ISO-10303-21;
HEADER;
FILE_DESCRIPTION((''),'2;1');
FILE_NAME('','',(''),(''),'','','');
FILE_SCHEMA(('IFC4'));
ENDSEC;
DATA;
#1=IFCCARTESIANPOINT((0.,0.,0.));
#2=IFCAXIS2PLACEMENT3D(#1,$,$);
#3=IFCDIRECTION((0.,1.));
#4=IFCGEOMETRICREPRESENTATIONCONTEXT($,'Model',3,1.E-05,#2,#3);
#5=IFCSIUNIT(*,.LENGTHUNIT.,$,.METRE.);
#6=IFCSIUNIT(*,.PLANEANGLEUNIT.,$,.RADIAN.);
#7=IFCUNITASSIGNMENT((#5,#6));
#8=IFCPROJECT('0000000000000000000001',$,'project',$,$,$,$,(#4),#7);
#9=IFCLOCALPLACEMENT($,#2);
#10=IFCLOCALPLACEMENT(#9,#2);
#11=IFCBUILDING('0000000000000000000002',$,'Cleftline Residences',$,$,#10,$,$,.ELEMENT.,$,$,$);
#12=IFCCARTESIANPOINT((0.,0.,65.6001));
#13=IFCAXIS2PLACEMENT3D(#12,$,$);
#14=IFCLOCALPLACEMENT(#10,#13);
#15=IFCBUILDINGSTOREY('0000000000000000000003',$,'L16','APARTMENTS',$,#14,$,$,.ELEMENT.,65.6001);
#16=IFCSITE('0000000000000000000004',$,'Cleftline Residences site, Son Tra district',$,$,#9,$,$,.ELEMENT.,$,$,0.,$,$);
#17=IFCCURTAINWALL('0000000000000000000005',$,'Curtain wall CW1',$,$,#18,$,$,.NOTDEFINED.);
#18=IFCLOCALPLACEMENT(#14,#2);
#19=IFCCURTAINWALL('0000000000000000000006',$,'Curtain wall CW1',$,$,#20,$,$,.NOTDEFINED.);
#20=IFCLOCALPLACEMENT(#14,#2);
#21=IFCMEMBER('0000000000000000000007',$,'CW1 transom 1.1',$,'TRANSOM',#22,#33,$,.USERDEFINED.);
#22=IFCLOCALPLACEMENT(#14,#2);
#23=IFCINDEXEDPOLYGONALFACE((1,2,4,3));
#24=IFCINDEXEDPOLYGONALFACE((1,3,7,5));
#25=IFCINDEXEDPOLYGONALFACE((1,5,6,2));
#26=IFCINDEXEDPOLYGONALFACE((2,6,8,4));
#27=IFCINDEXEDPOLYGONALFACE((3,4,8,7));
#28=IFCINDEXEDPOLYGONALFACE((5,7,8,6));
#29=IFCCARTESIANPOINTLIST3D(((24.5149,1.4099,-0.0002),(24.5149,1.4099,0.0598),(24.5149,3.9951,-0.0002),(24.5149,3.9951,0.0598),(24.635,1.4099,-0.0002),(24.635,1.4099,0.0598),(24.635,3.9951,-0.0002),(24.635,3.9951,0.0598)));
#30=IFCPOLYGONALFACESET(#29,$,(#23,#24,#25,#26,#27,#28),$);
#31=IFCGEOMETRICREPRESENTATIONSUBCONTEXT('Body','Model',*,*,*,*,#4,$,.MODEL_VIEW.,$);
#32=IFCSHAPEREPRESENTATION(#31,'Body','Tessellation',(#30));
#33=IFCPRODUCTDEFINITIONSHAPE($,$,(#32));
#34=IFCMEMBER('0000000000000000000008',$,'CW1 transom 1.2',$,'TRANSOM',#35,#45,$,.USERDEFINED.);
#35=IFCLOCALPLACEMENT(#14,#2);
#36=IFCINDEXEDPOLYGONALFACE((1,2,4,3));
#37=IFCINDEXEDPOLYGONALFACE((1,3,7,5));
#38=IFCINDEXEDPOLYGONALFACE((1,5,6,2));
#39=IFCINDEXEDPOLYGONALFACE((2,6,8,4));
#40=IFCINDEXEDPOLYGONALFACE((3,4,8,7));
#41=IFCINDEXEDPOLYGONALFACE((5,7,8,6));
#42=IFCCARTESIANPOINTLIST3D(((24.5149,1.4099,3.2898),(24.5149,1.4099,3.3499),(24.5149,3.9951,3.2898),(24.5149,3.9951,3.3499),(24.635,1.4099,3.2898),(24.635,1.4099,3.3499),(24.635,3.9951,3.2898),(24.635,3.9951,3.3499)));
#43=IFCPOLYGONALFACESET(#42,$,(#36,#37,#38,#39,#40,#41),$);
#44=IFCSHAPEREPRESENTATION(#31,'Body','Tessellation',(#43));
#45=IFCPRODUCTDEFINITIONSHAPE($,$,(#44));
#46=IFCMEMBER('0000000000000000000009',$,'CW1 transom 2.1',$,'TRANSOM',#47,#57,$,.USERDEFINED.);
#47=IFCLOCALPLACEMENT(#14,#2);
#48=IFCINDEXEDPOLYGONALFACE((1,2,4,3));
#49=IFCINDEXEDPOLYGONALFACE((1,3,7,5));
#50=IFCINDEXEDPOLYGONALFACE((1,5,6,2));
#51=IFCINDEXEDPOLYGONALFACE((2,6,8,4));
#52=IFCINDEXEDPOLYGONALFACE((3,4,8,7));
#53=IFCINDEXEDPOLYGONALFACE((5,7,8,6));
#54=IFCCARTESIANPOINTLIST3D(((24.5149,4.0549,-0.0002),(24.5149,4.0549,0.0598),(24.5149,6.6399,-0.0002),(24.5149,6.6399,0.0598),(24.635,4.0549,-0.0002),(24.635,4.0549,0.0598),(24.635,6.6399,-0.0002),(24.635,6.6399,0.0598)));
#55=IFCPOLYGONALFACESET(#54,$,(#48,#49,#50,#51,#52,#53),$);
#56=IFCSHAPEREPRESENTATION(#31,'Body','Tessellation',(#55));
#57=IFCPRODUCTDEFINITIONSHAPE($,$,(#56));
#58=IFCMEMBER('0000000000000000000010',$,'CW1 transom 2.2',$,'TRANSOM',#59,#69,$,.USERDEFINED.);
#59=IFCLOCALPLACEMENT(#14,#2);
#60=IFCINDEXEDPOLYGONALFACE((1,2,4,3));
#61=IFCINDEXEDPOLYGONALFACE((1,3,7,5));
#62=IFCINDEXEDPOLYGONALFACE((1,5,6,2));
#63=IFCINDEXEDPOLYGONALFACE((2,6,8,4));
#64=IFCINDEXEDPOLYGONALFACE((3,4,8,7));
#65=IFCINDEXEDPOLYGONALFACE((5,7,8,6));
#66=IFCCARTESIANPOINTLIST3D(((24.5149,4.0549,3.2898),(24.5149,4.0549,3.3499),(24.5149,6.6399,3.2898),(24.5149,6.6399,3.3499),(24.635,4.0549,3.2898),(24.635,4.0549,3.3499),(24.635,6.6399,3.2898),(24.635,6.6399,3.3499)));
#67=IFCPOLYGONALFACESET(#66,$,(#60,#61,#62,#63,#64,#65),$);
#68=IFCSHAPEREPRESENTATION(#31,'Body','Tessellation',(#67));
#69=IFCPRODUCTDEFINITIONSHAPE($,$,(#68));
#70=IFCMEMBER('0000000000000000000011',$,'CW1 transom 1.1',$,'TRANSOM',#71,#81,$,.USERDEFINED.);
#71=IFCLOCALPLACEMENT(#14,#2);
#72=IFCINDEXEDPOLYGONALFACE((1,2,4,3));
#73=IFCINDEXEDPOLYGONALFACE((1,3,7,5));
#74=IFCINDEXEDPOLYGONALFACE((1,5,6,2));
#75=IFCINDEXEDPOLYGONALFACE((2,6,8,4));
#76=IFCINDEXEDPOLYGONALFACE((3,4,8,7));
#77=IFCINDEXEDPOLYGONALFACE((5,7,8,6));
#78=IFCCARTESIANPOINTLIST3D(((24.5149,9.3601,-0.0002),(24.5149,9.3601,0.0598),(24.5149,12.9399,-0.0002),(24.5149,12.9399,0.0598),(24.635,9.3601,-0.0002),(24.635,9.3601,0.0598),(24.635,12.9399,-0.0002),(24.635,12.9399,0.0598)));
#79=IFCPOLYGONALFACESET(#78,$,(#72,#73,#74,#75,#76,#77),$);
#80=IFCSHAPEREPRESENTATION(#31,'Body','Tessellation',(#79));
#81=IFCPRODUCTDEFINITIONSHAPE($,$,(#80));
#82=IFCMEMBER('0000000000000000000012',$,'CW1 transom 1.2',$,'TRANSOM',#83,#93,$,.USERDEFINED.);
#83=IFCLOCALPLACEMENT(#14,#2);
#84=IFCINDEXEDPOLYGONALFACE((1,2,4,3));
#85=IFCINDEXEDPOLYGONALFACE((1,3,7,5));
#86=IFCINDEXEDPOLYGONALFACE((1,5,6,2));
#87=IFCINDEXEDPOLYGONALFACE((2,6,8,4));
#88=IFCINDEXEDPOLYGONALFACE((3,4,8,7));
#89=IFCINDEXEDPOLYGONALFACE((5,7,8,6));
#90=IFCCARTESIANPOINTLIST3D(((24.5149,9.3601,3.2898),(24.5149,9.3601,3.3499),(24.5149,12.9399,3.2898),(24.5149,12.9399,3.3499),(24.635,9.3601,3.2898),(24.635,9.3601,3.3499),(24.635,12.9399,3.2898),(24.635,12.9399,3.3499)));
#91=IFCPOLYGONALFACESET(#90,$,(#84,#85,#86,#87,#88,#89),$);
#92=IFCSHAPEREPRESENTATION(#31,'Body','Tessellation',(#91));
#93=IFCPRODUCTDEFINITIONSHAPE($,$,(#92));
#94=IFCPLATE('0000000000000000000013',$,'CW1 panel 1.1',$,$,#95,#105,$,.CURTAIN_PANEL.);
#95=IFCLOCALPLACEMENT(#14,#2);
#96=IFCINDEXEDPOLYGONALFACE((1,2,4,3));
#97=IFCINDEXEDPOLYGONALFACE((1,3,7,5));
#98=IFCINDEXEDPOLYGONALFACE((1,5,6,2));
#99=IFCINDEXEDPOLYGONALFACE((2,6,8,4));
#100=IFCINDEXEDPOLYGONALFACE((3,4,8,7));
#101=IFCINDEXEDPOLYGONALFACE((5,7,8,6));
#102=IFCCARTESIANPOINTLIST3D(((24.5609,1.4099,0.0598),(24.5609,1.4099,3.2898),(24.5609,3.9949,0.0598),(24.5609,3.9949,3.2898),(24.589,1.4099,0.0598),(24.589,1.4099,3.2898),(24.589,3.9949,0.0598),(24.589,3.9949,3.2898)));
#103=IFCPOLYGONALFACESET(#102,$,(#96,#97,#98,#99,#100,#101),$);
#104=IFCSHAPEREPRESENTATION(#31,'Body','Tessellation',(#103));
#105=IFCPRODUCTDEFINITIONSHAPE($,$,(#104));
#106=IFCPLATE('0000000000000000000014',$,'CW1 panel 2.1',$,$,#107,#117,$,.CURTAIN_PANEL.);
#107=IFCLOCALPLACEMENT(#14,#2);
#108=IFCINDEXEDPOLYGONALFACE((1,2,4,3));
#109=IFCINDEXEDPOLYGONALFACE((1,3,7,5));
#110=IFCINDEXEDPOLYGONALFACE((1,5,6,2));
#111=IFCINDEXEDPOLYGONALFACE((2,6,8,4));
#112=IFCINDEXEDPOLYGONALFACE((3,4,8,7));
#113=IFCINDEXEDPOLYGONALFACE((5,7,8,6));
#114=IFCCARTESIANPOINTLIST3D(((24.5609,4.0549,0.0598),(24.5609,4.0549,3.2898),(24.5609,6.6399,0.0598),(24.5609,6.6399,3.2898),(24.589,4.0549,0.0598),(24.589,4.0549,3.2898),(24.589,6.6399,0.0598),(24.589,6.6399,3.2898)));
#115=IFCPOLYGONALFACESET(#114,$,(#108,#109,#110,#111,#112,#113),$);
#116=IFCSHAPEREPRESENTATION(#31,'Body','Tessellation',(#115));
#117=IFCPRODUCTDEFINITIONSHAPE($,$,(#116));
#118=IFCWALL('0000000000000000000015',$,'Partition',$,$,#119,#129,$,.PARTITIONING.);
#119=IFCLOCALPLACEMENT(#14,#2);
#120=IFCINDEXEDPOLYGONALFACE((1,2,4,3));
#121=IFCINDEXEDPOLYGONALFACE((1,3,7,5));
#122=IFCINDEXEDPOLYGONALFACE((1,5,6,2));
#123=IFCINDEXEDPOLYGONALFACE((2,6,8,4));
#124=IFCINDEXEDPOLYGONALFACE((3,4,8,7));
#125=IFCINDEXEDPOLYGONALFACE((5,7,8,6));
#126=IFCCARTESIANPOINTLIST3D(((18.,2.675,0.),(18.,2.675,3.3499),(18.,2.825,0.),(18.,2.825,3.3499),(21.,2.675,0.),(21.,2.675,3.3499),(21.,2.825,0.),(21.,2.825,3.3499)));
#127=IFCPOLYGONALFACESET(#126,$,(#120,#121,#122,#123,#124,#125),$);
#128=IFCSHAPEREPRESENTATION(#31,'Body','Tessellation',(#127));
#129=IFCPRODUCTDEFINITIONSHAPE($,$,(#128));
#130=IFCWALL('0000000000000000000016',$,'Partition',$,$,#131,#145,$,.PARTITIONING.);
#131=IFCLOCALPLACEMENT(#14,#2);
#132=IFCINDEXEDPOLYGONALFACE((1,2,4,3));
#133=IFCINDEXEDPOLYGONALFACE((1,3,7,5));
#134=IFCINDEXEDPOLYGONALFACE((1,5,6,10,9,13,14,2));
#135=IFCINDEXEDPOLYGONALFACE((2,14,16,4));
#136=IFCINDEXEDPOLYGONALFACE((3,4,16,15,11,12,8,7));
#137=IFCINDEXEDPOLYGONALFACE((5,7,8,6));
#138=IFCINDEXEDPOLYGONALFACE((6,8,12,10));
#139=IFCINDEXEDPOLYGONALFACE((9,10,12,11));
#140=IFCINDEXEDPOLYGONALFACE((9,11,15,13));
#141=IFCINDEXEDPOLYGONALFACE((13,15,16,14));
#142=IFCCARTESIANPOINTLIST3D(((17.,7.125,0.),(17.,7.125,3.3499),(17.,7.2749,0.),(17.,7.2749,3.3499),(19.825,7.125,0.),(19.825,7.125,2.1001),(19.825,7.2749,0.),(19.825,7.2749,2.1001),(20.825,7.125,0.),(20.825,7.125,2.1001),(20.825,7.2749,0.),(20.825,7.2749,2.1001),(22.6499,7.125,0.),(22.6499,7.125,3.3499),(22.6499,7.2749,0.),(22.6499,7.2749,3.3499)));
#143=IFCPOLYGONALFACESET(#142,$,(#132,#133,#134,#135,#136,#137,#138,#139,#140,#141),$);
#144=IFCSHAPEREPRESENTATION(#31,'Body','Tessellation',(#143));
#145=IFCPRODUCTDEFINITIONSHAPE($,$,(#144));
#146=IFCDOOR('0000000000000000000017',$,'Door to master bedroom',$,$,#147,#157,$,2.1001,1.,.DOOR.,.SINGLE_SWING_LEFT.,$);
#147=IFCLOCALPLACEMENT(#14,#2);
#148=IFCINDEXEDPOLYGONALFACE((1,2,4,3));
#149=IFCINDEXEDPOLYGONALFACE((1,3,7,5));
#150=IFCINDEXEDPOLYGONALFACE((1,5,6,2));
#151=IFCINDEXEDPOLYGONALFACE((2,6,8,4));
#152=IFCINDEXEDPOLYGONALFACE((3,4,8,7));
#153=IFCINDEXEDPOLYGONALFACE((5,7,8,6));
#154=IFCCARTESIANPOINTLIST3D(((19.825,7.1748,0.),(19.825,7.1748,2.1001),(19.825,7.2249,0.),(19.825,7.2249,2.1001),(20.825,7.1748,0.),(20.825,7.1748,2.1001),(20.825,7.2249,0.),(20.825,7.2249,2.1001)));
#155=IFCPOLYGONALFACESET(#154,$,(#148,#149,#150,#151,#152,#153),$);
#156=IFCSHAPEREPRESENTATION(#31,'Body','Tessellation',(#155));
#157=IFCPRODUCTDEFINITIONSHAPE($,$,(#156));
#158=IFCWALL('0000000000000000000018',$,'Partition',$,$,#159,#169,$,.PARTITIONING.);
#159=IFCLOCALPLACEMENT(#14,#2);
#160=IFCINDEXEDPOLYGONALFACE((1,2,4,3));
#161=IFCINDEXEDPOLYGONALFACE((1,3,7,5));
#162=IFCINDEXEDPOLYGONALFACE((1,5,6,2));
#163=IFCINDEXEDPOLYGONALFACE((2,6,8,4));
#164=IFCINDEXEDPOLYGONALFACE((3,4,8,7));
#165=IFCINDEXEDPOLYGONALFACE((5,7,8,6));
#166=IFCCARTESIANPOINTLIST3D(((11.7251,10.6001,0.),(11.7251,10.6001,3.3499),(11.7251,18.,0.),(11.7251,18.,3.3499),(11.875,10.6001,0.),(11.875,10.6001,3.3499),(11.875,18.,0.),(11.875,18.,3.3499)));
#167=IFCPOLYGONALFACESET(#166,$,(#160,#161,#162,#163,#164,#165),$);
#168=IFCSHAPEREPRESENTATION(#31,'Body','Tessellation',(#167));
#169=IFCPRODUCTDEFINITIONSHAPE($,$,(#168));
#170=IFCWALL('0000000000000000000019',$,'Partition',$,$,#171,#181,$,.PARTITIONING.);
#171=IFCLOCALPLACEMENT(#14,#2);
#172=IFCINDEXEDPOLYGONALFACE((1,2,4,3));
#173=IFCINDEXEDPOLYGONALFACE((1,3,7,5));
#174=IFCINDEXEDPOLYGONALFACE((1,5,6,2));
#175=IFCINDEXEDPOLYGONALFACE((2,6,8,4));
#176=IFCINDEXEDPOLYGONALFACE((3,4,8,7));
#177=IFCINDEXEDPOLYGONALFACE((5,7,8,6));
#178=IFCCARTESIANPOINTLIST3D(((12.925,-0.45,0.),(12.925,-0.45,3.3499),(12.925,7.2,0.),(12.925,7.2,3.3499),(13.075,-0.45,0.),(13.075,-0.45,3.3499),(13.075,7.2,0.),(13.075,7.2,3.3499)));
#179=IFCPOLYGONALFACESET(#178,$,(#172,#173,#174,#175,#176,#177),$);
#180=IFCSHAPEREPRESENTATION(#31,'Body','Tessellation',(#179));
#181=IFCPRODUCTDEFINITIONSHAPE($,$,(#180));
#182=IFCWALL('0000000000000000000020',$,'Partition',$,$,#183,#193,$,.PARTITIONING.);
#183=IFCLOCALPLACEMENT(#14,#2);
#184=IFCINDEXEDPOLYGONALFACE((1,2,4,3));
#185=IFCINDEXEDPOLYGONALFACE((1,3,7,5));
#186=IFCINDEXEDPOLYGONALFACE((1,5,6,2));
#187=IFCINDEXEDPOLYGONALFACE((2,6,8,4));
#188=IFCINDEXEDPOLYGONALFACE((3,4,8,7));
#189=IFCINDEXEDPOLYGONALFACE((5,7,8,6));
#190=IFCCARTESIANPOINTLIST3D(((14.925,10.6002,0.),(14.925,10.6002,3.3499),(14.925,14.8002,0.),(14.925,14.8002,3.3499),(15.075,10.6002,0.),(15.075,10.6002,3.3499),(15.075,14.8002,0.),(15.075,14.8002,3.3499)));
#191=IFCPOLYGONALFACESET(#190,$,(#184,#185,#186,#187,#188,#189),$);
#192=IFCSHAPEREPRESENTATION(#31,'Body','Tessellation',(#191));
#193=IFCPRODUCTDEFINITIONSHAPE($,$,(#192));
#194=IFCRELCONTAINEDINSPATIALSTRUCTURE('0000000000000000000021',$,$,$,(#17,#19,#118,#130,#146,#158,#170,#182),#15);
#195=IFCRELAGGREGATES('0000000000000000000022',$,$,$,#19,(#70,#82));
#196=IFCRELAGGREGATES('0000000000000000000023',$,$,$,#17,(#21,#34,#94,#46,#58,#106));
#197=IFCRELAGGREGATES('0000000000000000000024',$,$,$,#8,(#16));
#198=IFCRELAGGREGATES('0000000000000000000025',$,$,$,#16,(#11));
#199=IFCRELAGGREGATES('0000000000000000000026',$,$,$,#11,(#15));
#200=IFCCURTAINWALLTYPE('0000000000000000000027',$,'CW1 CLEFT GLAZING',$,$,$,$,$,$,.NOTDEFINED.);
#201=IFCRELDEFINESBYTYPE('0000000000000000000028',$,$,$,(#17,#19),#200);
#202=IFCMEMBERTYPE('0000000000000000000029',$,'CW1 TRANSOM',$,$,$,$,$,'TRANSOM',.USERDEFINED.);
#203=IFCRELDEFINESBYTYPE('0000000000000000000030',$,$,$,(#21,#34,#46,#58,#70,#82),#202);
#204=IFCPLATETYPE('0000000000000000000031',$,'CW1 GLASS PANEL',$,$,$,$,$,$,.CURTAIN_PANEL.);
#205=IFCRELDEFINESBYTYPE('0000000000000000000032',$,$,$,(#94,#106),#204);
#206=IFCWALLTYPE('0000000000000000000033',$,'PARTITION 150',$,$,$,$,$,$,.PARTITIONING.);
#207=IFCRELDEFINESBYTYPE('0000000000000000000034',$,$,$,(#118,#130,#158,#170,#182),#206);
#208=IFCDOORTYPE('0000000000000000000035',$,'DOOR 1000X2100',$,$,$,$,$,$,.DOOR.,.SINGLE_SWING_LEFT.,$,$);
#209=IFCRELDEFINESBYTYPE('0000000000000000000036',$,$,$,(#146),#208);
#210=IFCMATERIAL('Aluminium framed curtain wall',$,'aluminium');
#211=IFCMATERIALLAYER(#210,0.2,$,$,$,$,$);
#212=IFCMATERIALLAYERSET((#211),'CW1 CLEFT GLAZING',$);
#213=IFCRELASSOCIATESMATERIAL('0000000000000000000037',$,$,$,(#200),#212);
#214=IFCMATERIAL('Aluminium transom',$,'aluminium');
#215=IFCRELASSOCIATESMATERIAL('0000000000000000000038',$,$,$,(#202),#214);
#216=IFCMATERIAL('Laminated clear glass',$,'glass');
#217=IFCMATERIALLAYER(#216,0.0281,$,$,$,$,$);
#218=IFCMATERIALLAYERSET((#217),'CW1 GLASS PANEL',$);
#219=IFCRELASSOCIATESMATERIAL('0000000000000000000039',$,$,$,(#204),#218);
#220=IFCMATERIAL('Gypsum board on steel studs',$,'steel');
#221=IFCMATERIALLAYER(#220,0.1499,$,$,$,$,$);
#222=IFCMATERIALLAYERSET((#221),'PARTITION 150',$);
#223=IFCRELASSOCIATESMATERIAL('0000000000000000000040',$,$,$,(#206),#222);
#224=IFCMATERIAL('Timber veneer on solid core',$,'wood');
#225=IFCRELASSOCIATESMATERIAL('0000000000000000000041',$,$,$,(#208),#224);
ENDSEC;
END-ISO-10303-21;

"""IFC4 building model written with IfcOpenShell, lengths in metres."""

from ifc_helpers import new_model, si_unit, direction, frame, frame_2d, origin, origin_2d, place, context, subcontext, project, spatial, rectangle, extrude, material, layer, layer_set, material_profile, profile_set, type_object, element, fill, aggregate, save


model = new_model("IFC4")

# Units and contexts
model_context = context("Model", 3, precision=1e-05, world=origin(), true_north=direction((0.0, 1.0)))
body_context = subcontext(model_context, "Body", "Model", "MODEL_VIEW")
ifc_project = project(units=[si_unit("LENGTHUNIT", "METRE"), si_unit("PLANEANGLEUNIT", "RADIAN")], contexts=[model_context])

# Site, building, storey
site_placement = place(None, origin())
site = spatial("IfcSite", under=ifc_project, at=site_placement, Name="Cleftline Residences site, Son Tra district", CompositionType="ELEMENT", RefElevation=0.0)
building_placement = place(site_placement, origin())
building = spatial("IfcBuilding", under=site, at=building_placement, Name="Cleftline Residences", CompositionType="ELEMENT")
storey_placement = place(building_placement, frame((0.0, 0.0, 65.6001)))
storey = spatial("IfcBuildingStorey", under=building, at=storey_placement, Name="L16", Description="APARTMENTS", CompositionType="ELEMENT", Elevation=65.6001)

# Curtain wall
ifc_material_1 = material(Name="Aluminium framed curtain wall", Category="aluminium")
ifc_layer_1 = layer(ifc_material_1, 0.2)
ifc_layer_set_1 = layer_set([ifc_layer_1], Name="CW1 CLEFT GLAZING")
curtain_wall_type = type_object("IfcCurtainWallType", Name="CW1 CLEFT GLAZING", PredefinedType="NOTDEFINED", material=ifc_layer_set_1)
curtain_wall_1_placement = place(storey_placement, origin())
curtain_wall_1 = element("IfcCurtainWall", 1, at=curtain_wall_1_placement, inside=storey, type_object=curtain_wall_type, Name="Curtain wall CW1", PredefinedType="NOTDEFINED")

# Curtain wall
curtain_wall_2_placement = place(storey_placement, origin())
curtain_wall_2 = element("IfcCurtainWall", 2, at=curtain_wall_2_placement, inside=storey, type_object=curtain_wall_type, Name="Curtain wall CW1", PredefinedType="NOTDEFINED")

# Members
ifc_material_2 = material(Name="Aluminium transom", Category="aluminium")
ifc_material_profile_1 = material_profile(ifc_material_2, rectangle(XDim=0.1201, YDim=0.0601, at=origin_2d()))
ifc_profile_set_1 = profile_set([ifc_material_profile_1], Name="Aluminium transom")
member_type_1 = type_object("IfcMemberType", Name="CW1 TRANSOM", ElementType="TRANSOM", PredefinedType="USERDEFINED", material=ifc_profile_set_1)
member_1_placement = place(storey_placement, frame((24.575, 1.4099, 0.0298), z_axis=(0.0, 1.0, 0.0), x_axis=(-1.0, 0.0, 0.0)))
member_1 = element("IfcMember", 3, at=member_1_placement, type_object=member_type_1, Name="CW1 transom 1.1", ObjectType="TRANSOM", PredefinedType="USERDEFINED", context=body_context, shape_type="SweptSolid", body=[
    extrude(rectangle(XDim=0.1201, YDim=0.0601, at=origin_2d()), origin(), (0.0, 0.0, 1.0), 2.5852),
])
member_2_placement = place(storey_placement, frame((24.575, 1.4099, 3.3198), z_axis=(0.0, 1.0, 0.0), x_axis=(-1.0, 0.0, 0.0)))
member_2 = element("IfcMember", 4, at=member_2_placement, type_object=member_type_1, Name="CW1 transom 1.2", ObjectType="TRANSOM", PredefinedType="USERDEFINED", context=body_context, shape_type="SweptSolid", body=[
    extrude(rectangle(XDim=0.1201, YDim=0.0601, at=origin_2d()), origin(), (0.0, 0.0, 1.0), 2.5852),
])
member_3_placement = place(storey_placement, frame((24.575, 4.0549, 0.0298), z_axis=(0.0, 1.0, 0.0), x_axis=(-1.0, 0.0, 0.0)))
member_3 = element("IfcMember", 5, at=member_3_placement, type_object=member_type_1, Name="CW1 transom 2.1", ObjectType="TRANSOM", PredefinedType="USERDEFINED", context=body_context, shape_type="SweptSolid", body=[
    extrude(rectangle(XDim=0.1201, YDim=0.0601, at=origin_2d()), origin(), (0.0, 0.0, 1.0), 2.585),
])
member_4_placement = place(storey_placement, frame((24.575, 4.0549, 3.3198), z_axis=(0.0, 1.0, 0.0), x_axis=(-1.0, 0.0, 0.0)))
member_4 = element("IfcMember", 6, at=member_4_placement, type_object=member_type_1, Name="CW1 transom 2.2", ObjectType="TRANSOM", PredefinedType="USERDEFINED", context=body_context, shape_type="SweptSolid", body=[
    extrude(rectangle(XDim=0.1201, YDim=0.0601, at=origin_2d()), origin(), (0.0, 0.0, 1.0), 2.585),
])
member_5_placement = place(storey_placement, frame((24.575, 9.3601, 0.0298), z_axis=(0.0, 1.0, 0.0), x_axis=(-1.0, 0.0, 0.0)))
member_5 = element("IfcMember", 7, at=member_5_placement, type_object=member_type_1, Name="CW1 transom 1.1", ObjectType="TRANSOM", PredefinedType="USERDEFINED", context=body_context, shape_type="SweptSolid", body=[
    extrude(rectangle(XDim=0.1201, YDim=0.0601, at=origin_2d()), origin(), (0.0, 0.0, 1.0), 3.5798),
])
member_6_placement = place(storey_placement, frame((24.575, 9.3601, 3.3198), z_axis=(0.0, 1.0, 0.0), x_axis=(-1.0, 0.0, 0.0)))
member_6 = element("IfcMember", 8, at=member_6_placement, type_object=member_type_1, Name="CW1 transom 1.2", ObjectType="TRANSOM", PredefinedType="USERDEFINED", context=body_context, shape_type="SweptSolid", body=[
    extrude(rectangle(XDim=0.1201, YDim=0.0601, at=origin_2d()), origin(), (0.0, 0.0, 1.0), 3.5798),
])
aggregate(curtain_wall_2, [member_5, member_6])

# Plates
ifc_material_3 = material(Name="Laminated clear glass", Category="glass")
ifc_layer_2 = layer(ifc_material_3, 0.0281)
ifc_layer_set_2 = layer_set([ifc_layer_2], Name="CW1 GLASS PANEL")
plate_type = type_object("IfcPlateType", Name="CW1 GLASS PANEL", PredefinedType="CURTAIN_PANEL", material=ifc_layer_set_2)
plate_1_placement = place(storey_placement, frame((24.575, 2.7024, 0.0598), z_axis=(0.0, 0.0, 1.0), x_axis=(0.0, 1.0, 0.0)))
plate_1 = element("IfcPlate", 9, at=plate_1_placement, type_object=plate_type, Name="CW1 panel 1.1", PredefinedType="CURTAIN_PANEL", context=body_context, shape_type="SweptSolid", body=[
    extrude(rectangle(XDim=2.585, YDim=0.0281, at=origin_2d()), origin(), (0.0, 0.0, 1.0), 3.23),
])
plate_2_placement = place(storey_placement, frame((24.575, 5.3474, 0.0598), z_axis=(0.0, 0.0, 1.0), x_axis=(0.0, 1.0, 0.0)))
plate_2 = element("IfcPlate", 10, at=plate_2_placement, type_object=plate_type, Name="CW1 panel 2.1", PredefinedType="CURTAIN_PANEL", context=body_context, shape_type="SweptSolid", body=[
    extrude(rectangle(XDim=2.585, YDim=0.0281, at=origin_2d()), origin(), (0.0, 0.0, 1.0), 3.23),
])
aggregate(curtain_wall_1, [member_1, member_2, plate_1, member_3, member_4, plate_2])

# Wall
ifc_material_4 = material(Name="Gypsum board on steel studs", Category="steel")
ifc_layer_3 = layer(ifc_material_4, 0.1499)
ifc_layer_set_3 = layer_set([ifc_layer_3], Name="PARTITION 150")
wall_type = type_object("IfcWallType", Name="PARTITION 150", PredefinedType="PARTITIONING", material=ifc_layer_set_3)
wall_1_placement = place(storey_placement, frame((18.0, 2.75, 0.0), z_axis=(0.0, 0.0, 1.0), x_axis=(1.0, 0.0, 0.0)))
element("IfcWall", 11, at=wall_1_placement, inside=storey, type_object=wall_type, Name="Partition", PredefinedType="PARTITIONING", context=body_context, shape_type="SweptSolid", body=[
    extrude(rectangle(XDim=3.0, YDim=0.1499, at=frame_2d((1.5, 0.0))), origin(), (0.0, 0.0, 1.0), 3.3499),
])

# Wall, opening, door
wall_2_placement = place(storey_placement, frame((17.0, 7.2, 0.0), z_axis=(0.0, 0.0, 1.0), x_axis=(1.0, 0.0, 0.0)))
wall_2 = element("IfcWall", 12, at=wall_2_placement, inside=storey, type_object=wall_type, Name="Partition", PredefinedType="PARTITIONING", context=body_context, shape_type="SweptSolid", body=[
    extrude(rectangle(XDim=5.6499, YDim=0.1499, at=frame_2d((2.825, 0.0))), origin(), (0.0, 0.0, 1.0), 3.3499),
])
opening_1_placement = place(wall_2_placement, frame((2.825, 0.0, 0.0)))
opening_1 = element("IfcOpeningElement", 13, at=opening_1_placement, cuts=wall_2, PredefinedType="OPENING", context=body_context, shape_type="SweptSolid", body=[
    extrude(rectangle(XDim=1.0, YDim=2.1001, at=frame_2d((0.5, 1.05))), frame((0.0, 0.085, 0.0), z_axis=(0.0, -1.0, 0.0), x_axis=(1.0, 0.0, 0.0)), (0.0, 0.0, 1.0), 0.1699),
])
ifc_material_5 = material(Name="Timber veneer on solid core", Category="wood")
door_type_1 = type_object("IfcDoorType", Name="DOOR 1000X2100", OperationType="SINGLE_SWING_LEFT", PredefinedType="DOOR", material=ifc_material_5)
door_1_placement = place(opening_1_placement, origin())
door_1 = element("IfcDoor", 14, at=door_1_placement, inside=storey, type_object=door_type_1, Name="Door to master bedroom", OperationType="SINGLE_SWING_LEFT", OverallHeight=2.1001, OverallWidth=1.0, PredefinedType="DOOR", context=body_context, shape_type="SweptSolid", body=[
    extrude(rectangle(XDim=1.0, YDim=2.1001, at=frame_2d((0.5, 1.05))), frame((0.0, 0.0249, 0.0), z_axis=(0.0, -1.0, 0.0), x_axis=(1.0, 0.0, 0.0)), (0.0, 0.0, 1.0), 0.05),
])
fill(opening_1, door_1)

# Walls
wall_3_placement = place(storey_placement, frame((11.8, 10.6001, 0.0), z_axis=(0.0, 0.0, 1.0), x_axis=(0.0, 1.0, 0.0)))
element("IfcWall", 15, at=wall_3_placement, inside=storey, type_object=wall_type, Name="Partition", PredefinedType="PARTITIONING", context=body_context, shape_type="SweptSolid", body=[
    extrude(rectangle(XDim=7.3999, YDim=0.1499, at=frame_2d((3.7, 0.0))), origin(), (0.0, 0.0, 1.0), 3.3499),
])
wall_4_placement = place(storey_placement, frame((13.0, -0.45, 0.0), z_axis=(0.0, 0.0, 1.0), x_axis=(0.0, 1.0, 0.0)))
element("IfcWall", 16, at=wall_4_placement, inside=storey, type_object=wall_type, Name="Partition", PredefinedType="PARTITIONING", context=body_context, shape_type="SweptSolid", body=[
    extrude(rectangle(XDim=7.6499, YDim=0.1499, at=frame_2d((3.825, 0.0))), origin(), (0.0, 0.0, 1.0), 3.3499),
])
wall_5_placement = place(storey_placement, frame((15.0, 10.6001, 0.0), z_axis=(0.0, 0.0, 1.0), x_axis=(0.0, 1.0, 0.0)))
element("IfcWall", 17, at=wall_5_placement, inside=storey, type_object=wall_type, Name="Partition", PredefinedType="PARTITIONING", context=body_context, shape_type="SweptSolid", body=[
    extrude(rectangle(XDim=4.2, YDim=0.1499, at=frame_2d((2.1001, 0.0))), origin(), (0.0, 0.0, 1.0), 3.3499),
])

save(model, "model.ifc")
